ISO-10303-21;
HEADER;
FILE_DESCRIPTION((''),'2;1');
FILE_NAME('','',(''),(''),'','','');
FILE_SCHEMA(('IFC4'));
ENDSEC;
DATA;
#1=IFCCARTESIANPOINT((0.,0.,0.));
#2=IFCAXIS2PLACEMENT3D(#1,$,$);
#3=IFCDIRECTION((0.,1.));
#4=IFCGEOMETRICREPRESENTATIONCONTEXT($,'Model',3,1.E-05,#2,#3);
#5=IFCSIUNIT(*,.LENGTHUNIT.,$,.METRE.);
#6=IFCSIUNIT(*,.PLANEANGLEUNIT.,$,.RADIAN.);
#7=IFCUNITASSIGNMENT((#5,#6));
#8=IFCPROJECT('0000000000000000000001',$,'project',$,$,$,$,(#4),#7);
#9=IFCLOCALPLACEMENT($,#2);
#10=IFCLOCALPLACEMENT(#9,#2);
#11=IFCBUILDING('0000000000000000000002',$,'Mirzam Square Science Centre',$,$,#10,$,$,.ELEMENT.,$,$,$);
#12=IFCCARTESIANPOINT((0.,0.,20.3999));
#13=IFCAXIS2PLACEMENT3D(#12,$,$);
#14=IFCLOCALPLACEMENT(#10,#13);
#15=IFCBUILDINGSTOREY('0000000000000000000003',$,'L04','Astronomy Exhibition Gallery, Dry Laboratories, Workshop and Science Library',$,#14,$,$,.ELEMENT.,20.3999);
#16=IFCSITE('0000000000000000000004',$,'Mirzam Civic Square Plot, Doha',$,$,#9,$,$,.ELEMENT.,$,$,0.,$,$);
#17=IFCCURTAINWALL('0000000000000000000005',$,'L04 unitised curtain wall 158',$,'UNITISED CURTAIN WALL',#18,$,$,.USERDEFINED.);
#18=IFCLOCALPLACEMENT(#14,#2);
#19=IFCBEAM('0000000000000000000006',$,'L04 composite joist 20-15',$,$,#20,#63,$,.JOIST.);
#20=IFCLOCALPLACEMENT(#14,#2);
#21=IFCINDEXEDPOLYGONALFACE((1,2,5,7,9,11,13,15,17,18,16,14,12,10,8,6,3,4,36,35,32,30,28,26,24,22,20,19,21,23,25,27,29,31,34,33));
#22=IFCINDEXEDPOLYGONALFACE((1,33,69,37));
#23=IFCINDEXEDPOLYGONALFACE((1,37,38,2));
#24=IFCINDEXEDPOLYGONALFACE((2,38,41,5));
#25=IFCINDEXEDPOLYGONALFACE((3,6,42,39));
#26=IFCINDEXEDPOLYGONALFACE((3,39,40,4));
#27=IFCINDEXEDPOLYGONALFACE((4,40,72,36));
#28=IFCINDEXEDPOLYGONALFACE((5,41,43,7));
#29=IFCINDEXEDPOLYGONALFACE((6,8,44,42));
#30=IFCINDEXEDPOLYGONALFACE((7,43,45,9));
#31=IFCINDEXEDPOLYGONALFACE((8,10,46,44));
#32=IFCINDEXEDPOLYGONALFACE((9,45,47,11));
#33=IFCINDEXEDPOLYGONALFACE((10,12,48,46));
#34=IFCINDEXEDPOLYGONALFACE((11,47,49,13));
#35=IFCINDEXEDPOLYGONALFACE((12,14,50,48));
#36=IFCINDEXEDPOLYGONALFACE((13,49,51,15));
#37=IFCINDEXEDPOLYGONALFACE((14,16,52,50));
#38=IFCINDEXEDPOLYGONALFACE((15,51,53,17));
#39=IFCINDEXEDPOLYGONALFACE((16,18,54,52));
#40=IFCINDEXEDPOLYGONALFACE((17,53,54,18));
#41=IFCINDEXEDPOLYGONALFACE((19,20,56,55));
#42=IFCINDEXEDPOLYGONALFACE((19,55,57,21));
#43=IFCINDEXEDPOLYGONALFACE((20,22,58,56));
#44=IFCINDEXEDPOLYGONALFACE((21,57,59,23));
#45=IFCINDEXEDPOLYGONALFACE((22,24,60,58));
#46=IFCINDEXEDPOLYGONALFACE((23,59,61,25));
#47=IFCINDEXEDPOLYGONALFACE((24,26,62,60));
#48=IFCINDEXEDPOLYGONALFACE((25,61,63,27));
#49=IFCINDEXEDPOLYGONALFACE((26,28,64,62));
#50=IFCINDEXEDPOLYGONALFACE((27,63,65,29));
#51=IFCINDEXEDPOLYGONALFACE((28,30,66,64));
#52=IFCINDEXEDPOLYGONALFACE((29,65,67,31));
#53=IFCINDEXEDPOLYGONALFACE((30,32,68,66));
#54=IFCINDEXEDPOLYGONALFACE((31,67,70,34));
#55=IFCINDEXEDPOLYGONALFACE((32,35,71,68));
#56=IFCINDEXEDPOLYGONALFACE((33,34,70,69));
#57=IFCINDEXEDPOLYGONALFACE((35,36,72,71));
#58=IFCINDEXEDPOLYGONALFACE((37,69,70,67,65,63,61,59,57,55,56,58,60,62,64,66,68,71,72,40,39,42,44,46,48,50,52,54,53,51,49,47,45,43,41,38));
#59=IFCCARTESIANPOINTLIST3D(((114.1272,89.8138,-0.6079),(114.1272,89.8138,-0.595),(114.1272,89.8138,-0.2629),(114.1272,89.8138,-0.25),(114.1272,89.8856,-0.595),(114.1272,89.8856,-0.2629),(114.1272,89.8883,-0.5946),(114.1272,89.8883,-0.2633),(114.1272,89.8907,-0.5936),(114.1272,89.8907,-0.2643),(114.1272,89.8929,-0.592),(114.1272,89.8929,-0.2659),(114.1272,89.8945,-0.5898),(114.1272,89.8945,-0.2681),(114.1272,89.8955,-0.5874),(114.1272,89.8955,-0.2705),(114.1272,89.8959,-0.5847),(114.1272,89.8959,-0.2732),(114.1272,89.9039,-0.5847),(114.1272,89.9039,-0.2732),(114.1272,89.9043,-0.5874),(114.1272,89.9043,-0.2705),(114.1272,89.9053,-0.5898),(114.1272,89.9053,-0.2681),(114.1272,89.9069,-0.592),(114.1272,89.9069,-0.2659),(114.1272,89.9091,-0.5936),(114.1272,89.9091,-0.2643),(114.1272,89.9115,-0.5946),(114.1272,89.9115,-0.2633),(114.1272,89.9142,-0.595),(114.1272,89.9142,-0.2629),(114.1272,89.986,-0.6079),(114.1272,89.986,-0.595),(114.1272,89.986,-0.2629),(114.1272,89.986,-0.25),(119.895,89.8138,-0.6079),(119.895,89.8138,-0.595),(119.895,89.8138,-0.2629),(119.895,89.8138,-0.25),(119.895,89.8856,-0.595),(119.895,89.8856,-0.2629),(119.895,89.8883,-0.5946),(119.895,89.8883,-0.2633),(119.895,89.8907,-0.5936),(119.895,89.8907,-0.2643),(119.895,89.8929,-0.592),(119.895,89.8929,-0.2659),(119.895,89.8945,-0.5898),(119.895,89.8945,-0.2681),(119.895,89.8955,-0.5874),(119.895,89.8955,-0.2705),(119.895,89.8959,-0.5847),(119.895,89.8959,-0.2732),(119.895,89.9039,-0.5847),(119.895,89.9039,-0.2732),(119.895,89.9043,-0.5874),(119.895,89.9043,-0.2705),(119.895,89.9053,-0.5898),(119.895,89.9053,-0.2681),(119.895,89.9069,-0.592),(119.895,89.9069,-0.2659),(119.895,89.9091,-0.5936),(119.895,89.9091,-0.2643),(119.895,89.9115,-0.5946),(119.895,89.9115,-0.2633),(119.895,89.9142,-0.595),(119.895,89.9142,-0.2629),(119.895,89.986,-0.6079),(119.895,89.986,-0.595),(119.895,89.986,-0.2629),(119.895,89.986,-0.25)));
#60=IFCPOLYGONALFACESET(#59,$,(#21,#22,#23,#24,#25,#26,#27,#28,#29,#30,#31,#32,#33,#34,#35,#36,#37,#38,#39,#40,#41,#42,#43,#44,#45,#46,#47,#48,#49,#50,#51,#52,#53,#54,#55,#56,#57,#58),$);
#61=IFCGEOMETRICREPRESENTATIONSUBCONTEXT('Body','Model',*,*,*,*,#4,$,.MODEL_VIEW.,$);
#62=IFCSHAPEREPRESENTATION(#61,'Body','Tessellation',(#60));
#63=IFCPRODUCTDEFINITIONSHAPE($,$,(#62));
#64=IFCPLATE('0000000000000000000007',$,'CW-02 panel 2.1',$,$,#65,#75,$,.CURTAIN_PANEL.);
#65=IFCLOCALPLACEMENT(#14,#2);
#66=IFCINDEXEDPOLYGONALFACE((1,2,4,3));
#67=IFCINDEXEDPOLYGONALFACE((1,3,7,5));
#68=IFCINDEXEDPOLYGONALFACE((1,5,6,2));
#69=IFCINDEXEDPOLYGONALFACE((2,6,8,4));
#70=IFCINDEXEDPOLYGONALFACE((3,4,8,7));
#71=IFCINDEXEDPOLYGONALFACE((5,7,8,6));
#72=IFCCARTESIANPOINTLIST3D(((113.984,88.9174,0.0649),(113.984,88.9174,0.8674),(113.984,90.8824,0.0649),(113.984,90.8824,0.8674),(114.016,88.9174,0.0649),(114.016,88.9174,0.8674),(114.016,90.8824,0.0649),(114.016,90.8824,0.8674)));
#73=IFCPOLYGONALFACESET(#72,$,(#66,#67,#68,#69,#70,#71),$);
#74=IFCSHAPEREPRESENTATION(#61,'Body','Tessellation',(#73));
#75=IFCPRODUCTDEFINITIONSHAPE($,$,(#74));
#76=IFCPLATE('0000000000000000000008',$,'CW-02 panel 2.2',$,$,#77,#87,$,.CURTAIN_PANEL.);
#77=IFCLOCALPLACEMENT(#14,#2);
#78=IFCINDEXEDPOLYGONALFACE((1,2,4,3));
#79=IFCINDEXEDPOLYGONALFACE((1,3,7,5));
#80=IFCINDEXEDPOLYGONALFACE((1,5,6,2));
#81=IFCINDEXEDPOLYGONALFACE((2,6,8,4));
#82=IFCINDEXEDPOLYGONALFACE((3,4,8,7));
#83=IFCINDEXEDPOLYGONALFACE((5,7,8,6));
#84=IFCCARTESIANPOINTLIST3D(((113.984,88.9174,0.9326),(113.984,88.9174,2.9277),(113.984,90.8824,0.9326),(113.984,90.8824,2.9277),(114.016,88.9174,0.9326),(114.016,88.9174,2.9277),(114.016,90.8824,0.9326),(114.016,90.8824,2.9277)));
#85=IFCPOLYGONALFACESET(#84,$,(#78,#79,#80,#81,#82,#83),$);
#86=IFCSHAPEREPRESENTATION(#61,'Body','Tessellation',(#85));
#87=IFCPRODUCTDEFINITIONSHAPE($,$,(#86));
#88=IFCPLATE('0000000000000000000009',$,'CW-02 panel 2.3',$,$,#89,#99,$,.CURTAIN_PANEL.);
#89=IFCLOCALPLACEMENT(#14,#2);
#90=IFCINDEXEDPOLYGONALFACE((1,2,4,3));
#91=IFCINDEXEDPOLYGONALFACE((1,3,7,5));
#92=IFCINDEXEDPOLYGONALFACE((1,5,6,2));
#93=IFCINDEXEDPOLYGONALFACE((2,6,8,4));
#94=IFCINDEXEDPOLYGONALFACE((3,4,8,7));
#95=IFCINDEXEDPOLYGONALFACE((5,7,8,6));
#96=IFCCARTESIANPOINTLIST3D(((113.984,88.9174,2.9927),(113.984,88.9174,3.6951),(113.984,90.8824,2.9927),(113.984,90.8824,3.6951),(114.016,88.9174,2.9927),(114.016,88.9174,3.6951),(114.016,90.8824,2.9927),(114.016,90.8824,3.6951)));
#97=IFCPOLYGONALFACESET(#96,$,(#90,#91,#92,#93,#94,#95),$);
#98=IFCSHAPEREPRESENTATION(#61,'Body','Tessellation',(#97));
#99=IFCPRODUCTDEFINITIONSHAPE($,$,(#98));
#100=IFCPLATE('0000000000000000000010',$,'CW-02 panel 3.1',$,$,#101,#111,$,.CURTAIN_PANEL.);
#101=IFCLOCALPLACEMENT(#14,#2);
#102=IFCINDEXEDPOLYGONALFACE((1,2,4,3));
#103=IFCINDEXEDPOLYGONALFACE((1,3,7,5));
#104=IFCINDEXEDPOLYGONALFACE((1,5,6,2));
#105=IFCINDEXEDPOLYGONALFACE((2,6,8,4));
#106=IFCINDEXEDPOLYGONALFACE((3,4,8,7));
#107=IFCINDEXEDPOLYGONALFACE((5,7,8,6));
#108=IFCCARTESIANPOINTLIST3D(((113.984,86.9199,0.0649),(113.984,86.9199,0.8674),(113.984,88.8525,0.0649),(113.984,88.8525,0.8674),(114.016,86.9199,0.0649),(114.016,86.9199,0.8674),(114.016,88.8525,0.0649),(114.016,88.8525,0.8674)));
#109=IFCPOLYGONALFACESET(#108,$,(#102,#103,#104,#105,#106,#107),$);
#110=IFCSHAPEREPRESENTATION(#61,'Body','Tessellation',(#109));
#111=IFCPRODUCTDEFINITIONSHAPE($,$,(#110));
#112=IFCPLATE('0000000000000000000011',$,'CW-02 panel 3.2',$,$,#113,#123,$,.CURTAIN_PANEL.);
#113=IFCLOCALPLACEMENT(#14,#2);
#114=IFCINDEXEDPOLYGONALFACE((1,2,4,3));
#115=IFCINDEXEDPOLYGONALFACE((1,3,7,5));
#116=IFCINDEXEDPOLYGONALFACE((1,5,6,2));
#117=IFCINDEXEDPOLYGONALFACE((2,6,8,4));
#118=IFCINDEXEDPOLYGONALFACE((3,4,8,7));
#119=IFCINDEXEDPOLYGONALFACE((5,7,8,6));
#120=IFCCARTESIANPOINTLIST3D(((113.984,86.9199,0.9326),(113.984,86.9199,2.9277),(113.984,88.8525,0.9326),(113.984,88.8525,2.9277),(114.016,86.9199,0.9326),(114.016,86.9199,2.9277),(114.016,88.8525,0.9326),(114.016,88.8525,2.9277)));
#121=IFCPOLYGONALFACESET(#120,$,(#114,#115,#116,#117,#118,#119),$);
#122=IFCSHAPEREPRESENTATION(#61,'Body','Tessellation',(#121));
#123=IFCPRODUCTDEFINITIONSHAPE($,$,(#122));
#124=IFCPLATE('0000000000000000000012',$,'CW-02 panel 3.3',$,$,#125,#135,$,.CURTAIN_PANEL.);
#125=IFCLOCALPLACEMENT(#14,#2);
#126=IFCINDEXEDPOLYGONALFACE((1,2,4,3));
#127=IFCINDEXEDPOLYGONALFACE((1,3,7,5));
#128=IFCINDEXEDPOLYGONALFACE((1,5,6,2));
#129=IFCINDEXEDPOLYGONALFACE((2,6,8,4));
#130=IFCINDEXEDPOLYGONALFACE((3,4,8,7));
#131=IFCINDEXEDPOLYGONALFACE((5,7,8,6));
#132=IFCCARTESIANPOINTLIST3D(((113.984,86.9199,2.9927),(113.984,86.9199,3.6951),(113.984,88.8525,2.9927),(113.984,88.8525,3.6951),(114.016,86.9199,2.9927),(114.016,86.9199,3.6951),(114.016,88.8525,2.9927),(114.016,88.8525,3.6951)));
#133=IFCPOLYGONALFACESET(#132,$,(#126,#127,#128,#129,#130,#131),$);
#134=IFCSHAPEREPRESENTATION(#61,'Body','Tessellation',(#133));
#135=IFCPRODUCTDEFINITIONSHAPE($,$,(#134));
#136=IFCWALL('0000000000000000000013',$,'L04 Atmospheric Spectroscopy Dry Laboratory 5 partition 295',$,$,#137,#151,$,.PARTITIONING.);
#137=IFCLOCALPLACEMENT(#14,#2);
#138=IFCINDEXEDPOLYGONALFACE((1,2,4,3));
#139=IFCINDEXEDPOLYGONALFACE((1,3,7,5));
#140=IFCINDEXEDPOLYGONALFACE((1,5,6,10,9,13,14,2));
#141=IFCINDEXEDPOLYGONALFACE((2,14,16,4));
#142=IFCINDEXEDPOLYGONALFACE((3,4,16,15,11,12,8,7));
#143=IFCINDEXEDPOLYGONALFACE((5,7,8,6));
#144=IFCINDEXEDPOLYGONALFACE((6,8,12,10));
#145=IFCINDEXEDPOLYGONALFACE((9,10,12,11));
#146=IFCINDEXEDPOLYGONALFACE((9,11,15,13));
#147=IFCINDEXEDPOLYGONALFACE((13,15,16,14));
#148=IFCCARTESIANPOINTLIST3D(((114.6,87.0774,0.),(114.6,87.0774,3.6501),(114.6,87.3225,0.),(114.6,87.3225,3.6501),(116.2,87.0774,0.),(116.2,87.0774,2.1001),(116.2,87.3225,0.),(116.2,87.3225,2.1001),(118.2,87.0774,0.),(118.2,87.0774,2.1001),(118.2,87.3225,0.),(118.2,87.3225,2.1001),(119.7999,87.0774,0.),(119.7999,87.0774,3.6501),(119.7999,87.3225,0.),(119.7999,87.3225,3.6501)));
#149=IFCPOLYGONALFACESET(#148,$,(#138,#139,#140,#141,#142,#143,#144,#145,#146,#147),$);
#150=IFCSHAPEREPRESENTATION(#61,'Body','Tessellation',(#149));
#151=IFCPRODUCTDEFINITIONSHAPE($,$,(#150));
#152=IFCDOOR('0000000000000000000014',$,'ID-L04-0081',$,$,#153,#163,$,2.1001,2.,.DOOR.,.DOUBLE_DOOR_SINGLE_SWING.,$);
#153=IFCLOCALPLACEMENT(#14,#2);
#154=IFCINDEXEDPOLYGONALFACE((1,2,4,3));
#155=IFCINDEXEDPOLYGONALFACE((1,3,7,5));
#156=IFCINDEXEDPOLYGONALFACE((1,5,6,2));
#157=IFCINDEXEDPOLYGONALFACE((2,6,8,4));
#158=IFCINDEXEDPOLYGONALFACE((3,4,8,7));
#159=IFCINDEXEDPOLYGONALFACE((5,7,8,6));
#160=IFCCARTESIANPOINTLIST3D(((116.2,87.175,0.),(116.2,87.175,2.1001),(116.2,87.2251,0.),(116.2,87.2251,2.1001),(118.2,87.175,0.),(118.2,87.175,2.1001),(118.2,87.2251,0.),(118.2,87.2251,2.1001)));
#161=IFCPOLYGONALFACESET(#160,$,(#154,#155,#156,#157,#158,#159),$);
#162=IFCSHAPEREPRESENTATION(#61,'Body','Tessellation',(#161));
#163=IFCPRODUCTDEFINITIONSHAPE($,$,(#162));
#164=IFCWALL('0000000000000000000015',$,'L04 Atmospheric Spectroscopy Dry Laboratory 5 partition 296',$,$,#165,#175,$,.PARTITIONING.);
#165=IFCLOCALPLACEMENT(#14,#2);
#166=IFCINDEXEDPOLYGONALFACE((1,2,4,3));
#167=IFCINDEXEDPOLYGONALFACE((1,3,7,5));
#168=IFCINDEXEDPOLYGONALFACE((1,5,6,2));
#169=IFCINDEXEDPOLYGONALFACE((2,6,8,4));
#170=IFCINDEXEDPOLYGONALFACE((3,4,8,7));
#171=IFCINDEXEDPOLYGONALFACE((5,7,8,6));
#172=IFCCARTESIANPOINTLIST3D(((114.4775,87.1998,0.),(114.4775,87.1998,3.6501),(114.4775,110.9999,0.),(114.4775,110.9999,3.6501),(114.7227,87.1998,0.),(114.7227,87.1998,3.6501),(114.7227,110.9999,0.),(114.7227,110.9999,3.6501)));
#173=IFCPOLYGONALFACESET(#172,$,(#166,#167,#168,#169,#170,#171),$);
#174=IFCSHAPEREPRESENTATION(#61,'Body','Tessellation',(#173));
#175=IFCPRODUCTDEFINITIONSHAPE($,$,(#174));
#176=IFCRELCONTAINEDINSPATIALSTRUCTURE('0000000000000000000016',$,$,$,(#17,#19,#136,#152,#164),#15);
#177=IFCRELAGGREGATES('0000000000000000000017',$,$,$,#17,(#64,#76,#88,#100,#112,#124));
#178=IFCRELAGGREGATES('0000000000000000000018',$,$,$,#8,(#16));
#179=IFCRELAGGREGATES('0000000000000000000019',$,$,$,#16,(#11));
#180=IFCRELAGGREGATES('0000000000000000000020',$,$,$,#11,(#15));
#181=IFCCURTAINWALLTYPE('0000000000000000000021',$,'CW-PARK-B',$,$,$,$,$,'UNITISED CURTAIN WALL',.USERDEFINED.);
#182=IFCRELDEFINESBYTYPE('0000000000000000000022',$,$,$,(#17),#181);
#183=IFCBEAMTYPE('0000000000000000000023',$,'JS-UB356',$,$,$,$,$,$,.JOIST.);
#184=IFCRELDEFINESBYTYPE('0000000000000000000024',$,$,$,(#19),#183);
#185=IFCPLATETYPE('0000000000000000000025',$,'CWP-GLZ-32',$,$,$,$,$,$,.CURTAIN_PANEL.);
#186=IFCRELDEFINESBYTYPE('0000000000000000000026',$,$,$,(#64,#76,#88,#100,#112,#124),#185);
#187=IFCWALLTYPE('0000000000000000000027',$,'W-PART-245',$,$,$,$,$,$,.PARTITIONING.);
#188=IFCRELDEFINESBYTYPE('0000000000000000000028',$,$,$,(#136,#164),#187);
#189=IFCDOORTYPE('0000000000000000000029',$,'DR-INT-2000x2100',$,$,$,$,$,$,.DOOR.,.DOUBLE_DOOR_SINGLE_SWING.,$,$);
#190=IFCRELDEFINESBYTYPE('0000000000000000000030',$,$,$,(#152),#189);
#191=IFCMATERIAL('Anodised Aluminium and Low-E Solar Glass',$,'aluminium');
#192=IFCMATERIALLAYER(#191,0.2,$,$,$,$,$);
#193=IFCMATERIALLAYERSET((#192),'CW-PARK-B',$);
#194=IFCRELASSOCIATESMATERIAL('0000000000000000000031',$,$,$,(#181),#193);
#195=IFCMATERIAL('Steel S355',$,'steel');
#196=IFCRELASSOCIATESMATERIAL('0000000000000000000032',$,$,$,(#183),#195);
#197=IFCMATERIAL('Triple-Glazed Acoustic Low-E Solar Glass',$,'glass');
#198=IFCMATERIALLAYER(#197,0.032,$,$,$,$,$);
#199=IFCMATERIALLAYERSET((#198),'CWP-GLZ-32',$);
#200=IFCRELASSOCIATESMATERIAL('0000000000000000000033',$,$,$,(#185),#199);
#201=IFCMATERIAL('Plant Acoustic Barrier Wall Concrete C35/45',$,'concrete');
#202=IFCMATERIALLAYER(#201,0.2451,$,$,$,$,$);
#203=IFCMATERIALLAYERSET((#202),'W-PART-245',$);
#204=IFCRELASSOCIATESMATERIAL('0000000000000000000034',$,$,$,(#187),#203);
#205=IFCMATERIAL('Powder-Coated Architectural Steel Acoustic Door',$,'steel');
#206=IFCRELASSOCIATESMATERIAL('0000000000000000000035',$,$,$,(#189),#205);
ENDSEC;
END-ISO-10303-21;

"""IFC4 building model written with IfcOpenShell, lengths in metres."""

from ifc_helpers import new_model, si_unit, direction, frame, frame_2d, origin, origin_2d, place, context, subcontext, project, spatial, rectangle, i_section, extrude, material, layer, layer_set, material_profile, profile_set, type_object, element, fill, aggregate, save


model = new_model("IFC4")

# Units and contexts
model_context = context("Model", 3, precision=1e-05, world=origin(), true_north=direction((0.0, 1.0)))
body_context = subcontext(model_context, "Body", "Model", "MODEL_VIEW")
ifc_project = project(units=[si_unit("LENGTHUNIT", "METRE"), si_unit("PLANEANGLEUNIT", "RADIAN")], contexts=[model_context])

# Site, building, storey
site_placement = place(None, origin())
site = spatial("IfcSite", under=ifc_project, at=site_placement, Name="Mirzam Civic Square Plot, Doha", CompositionType="ELEMENT", RefElevation=0.0)
building_placement = place(site_placement, origin())
building = spatial("IfcBuilding", under=site, at=building_placement, Name="Mirzam Square Science Centre", CompositionType="ELEMENT")
storey_placement = place(building_placement, frame((0.0, 0.0, 20.3999)))
storey = spatial("IfcBuildingStorey", under=building, at=storey_placement, Name="L04", Description="Astronomy Exhibition Gallery, Dry Laboratories, Workshop and Science Library", CompositionType="ELEMENT", Elevation=20.3999)

# Shared definitions
ifc_material_1 = material(Name="Steel S355", Category="steel")

# Curtain wall
ifc_material_2 = material(Name="Anodised Aluminium and Low-E Solar Glass", Category="aluminium")
ifc_layer_1 = layer(ifc_material_2, 0.2)
ifc_layer_set_1 = layer_set([ifc_layer_1], Name="CW-PARK-B")
curtain_wall_type = type_object("IfcCurtainWallType", Name="CW-PARK-B", ElementType="UNITISED CURTAIN WALL", PredefinedType="USERDEFINED", material=ifc_layer_set_1)
curtain_wall_placement = place(storey_placement, origin())
curtain_wall = element("IfcCurtainWall", 1, at=curtain_wall_placement, inside=storey, type_object=curtain_wall_type, Name="L04 unitised curtain wall 158", ObjectType="UNITISED CURTAIN WALL", PredefinedType="USERDEFINED")

# Beam
ifc_material_profile_1 = material_profile(ifc_material_1, i_section(OverallWidth=0.1721, OverallDepth=0.3579, WebThickness=0.0081, FlangeThickness=0.0129, FilletRadius=0.0103, at=origin_2d()), Name="356x171x57UB")
ifc_profile_set_1 = profile_set([ifc_material_profile_1], Name="Steel S355")
beam_type_1 = type_object("IfcBeamType", Name="JS-UB356", PredefinedType="JOIST", material=ifc_profile_set_1)
beam_1_placement = place(storey_placement, frame((114.1272, 89.8999, -0.429), z_axis=(1.0, 0.0, 0.0), x_axis=(0.0, 1.0, 0.0)))
element("IfcBeam", 2, at=beam_1_placement, inside=storey, type_object=beam_type_1, Name="L04 composite joist 20-15", PredefinedType="JOIST", context=body_context, shape_type="SweptSolid", body=[
    extrude(i_section(OverallWidth=0.1721, OverallDepth=0.3579, WebThickness=0.0081, FlangeThickness=0.0129, FilletRadius=0.0103, at=origin_2d()), origin(), (0.0, 0.0, 1.0), 5.7678),
])

# Plates
ifc_material_3 = material(Name="Triple-Glazed Acoustic Low-E Solar Glass", Category="glass")
ifc_layer_2 = layer(ifc_material_3, 0.032)
ifc_layer_set_2 = layer_set([ifc_layer_2], Name="CWP-GLZ-32")
plate_type = type_object("IfcPlateType", Name="CWP-GLZ-32", PredefinedType="CURTAIN_PANEL", material=ifc_layer_set_2)
plate_1_placement = place(storey_placement, frame((114.0, 89.8999, 0.0649), z_axis=(0.0, 0.0, 1.0), x_axis=(0.0, -1.0, 0.0)))
plate_1 = element("IfcPlate", 3, at=plate_1_placement, type_object=plate_type, Name="CW-02 panel 2.1", PredefinedType="CURTAIN_PANEL", context=body_context, shape_type="SweptSolid", body=[
    extrude(rectangle(XDim=1.9651, YDim=0.032, at=origin_2d()), origin(), (0.0, 0.0, 1.0), 0.8025),
])
plate_2_placement = place(storey_placement, frame((114.0, 89.8999, 0.9326), z_axis=(0.0, 0.0, 1.0), x_axis=(0.0, -1.0, 0.0)))
plate_2 = element("IfcPlate", 4, at=plate_2_placement, type_object=plate_type, Name="CW-02 panel 2.2", PredefinedType="CURTAIN_PANEL", context=body_context, shape_type="SweptSolid", body=[
    extrude(rectangle(XDim=1.9651, YDim=0.032, at=origin_2d()), origin(), (0.0, 0.0, 1.0), 1.9951),
])
plate_3_placement = place(storey_placement, frame((114.0, 89.8999, 2.9927), z_axis=(0.0, 0.0, 1.0), x_axis=(0.0, -1.0, 0.0)))
plate_3 = element("IfcPlate", 5, at=plate_3_placement, type_object=plate_type, Name="CW-02 panel 2.3", PredefinedType="CURTAIN_PANEL", context=body_context, shape_type="SweptSolid", body=[
    extrude(rectangle(XDim=1.9651, YDim=0.032, at=origin_2d()), origin(), (0.0, 0.0, 1.0), 0.7024),
])
plate_4_placement = place(storey_placement, frame((114.0, 87.8862, 0.0649), z_axis=(0.0, 0.0, 1.0), x_axis=(0.0, -1.0, 0.0)))
plate_4 = element("IfcPlate", 6, at=plate_4_placement, type_object=plate_type, Name="CW-02 panel 3.1", PredefinedType="CURTAIN_PANEL", context=body_context, shape_type="SweptSolid", body=[
    extrude(rectangle(XDim=1.9326, YDim=0.032, at=origin_2d()), origin(), (0.0, 0.0, 1.0), 0.8025),
])
plate_5_placement = place(storey_placement, frame((114.0, 87.8862, 0.9326), z_axis=(0.0, 0.0, 1.0), x_axis=(0.0, -1.0, 0.0)))
plate_5 = element("IfcPlate", 7, at=plate_5_placement, type_object=plate_type, Name="CW-02 panel 3.2", PredefinedType="CURTAIN_PANEL", context=body_context, shape_type="SweptSolid", body=[
    extrude(rectangle(XDim=1.9326, YDim=0.032, at=origin_2d()), origin(), (0.0, 0.0, 1.0), 1.9951),
])
plate_6_placement = place(storey_placement, frame((114.0, 87.8862, 2.9927), z_axis=(0.0, 0.0, 1.0), x_axis=(0.0, -1.0, 0.0)))
plate_6 = element("IfcPlate", 8, at=plate_6_placement, type_object=plate_type, Name="CW-02 panel 3.3", PredefinedType="CURTAIN_PANEL", context=body_context, shape_type="SweptSolid", body=[
    extrude(rectangle(XDim=1.9326, YDim=0.032, at=origin_2d()), origin(), (0.0, 0.0, 1.0), 0.7024),
])
aggregate(curtain_wall, [plate_1, plate_2, plate_3, plate_4, plate_5, plate_6])

# Wall, opening, door
ifc_material_4 = material(Name="Plant Acoustic Barrier Wall Concrete C35/45", Category="concrete")
ifc_layer_3 = layer(ifc_material_4, 0.2451)
ifc_layer_set_3 = layer_set([ifc_layer_3], Name="W-PART-245")
wall_type = type_object("IfcWallType", Name="W-PART-245", PredefinedType="PARTITIONING", material=ifc_layer_set_3)
wall_1_placement = place(storey_placement, frame((119.8, 87.2, 0.0), z_axis=(0.0, 0.0, 1.0), x_axis=(-1.0, 0.0, 0.0)))
wall_1 = element("IfcWall", 9, at=wall_1_placement, inside=storey, type_object=wall_type, Name="L04 Atmospheric Spectroscopy Dry Laboratory 5 partition 295", PredefinedType="PARTITIONING", context=body_context, shape_type="SweptSolid", body=[
    extrude(rectangle(XDim=5.2, YDim=0.2451, at=frame_2d((2.6001, 0.0))), origin(), (0.0, 0.0, 1.0), 3.6501),
])
opening_placement = place(wall_1_placement, frame((1.6001, 0.0, 0.0)))
opening = element("IfcOpeningElement", 10, at=opening_placement, cuts=wall_1, PredefinedType="OPENING", context=body_context, shape_type="SweptSolid", body=[
    extrude(rectangle(XDim=2.0, YDim=2.1001, at=frame_2d((1.0, 1.05))), frame((0.0, 0.1326, 0.0), z_axis=(0.0, -1.0, 0.0), x_axis=(1.0, 0.0, 0.0)), (0.0, 0.0, 1.0), 0.2651),
])
ifc_material_5 = material(Name="Powder-Coated Architectural Steel Acoustic Door", Category="steel")
door_type = type_object("IfcDoorType", Name="DR-INT-2000x2100", OperationType="DOUBLE_DOOR_SINGLE_SWING", PredefinedType="DOOR", material=ifc_material_5)
door_placement = place(opening_placement, origin())
door = element("IfcDoor", 11, at=door_placement, inside=storey, type_object=door_type, Name="ID-L04-0081", OperationType="DOUBLE_DOOR_SINGLE_SWING", OverallHeight=2.1001, OverallWidth=2.0, PredefinedType="DOOR", context=body_context, shape_type="SweptSolid", body=[
    extrude(rectangle(XDim=2.0, YDim=2.1001, at=frame_2d((1.0, 1.05))), frame((0.0, 0.0249, 0.0), z_axis=(0.0, -1.0, 0.0), x_axis=(1.0, 0.0, 0.0)), (0.0, 0.0, 1.0), 0.05),
])
fill(opening, door)

# Wall
wall_2_placement = place(storey_placement, frame((114.6001, 87.2, 0.0), z_axis=(0.0, 0.0, 1.0), x_axis=(0.0, 1.0, 0.0)))
element("IfcWall", 12, at=wall_2_placement, inside=storey, type_object=wall_type, Name="L04 Atmospheric Spectroscopy Dry Laboratory 5 partition 296", PredefinedType="PARTITIONING", context=body_context, shape_type="SweptSolid", body=[
    extrude(rectangle(XDim=23.8, YDim=0.2451, at=frame_2d((11.8999, 0.0))), origin(), (0.0, 0.0, 1.0), 3.6501),
])

save(model, "model.ifc")
